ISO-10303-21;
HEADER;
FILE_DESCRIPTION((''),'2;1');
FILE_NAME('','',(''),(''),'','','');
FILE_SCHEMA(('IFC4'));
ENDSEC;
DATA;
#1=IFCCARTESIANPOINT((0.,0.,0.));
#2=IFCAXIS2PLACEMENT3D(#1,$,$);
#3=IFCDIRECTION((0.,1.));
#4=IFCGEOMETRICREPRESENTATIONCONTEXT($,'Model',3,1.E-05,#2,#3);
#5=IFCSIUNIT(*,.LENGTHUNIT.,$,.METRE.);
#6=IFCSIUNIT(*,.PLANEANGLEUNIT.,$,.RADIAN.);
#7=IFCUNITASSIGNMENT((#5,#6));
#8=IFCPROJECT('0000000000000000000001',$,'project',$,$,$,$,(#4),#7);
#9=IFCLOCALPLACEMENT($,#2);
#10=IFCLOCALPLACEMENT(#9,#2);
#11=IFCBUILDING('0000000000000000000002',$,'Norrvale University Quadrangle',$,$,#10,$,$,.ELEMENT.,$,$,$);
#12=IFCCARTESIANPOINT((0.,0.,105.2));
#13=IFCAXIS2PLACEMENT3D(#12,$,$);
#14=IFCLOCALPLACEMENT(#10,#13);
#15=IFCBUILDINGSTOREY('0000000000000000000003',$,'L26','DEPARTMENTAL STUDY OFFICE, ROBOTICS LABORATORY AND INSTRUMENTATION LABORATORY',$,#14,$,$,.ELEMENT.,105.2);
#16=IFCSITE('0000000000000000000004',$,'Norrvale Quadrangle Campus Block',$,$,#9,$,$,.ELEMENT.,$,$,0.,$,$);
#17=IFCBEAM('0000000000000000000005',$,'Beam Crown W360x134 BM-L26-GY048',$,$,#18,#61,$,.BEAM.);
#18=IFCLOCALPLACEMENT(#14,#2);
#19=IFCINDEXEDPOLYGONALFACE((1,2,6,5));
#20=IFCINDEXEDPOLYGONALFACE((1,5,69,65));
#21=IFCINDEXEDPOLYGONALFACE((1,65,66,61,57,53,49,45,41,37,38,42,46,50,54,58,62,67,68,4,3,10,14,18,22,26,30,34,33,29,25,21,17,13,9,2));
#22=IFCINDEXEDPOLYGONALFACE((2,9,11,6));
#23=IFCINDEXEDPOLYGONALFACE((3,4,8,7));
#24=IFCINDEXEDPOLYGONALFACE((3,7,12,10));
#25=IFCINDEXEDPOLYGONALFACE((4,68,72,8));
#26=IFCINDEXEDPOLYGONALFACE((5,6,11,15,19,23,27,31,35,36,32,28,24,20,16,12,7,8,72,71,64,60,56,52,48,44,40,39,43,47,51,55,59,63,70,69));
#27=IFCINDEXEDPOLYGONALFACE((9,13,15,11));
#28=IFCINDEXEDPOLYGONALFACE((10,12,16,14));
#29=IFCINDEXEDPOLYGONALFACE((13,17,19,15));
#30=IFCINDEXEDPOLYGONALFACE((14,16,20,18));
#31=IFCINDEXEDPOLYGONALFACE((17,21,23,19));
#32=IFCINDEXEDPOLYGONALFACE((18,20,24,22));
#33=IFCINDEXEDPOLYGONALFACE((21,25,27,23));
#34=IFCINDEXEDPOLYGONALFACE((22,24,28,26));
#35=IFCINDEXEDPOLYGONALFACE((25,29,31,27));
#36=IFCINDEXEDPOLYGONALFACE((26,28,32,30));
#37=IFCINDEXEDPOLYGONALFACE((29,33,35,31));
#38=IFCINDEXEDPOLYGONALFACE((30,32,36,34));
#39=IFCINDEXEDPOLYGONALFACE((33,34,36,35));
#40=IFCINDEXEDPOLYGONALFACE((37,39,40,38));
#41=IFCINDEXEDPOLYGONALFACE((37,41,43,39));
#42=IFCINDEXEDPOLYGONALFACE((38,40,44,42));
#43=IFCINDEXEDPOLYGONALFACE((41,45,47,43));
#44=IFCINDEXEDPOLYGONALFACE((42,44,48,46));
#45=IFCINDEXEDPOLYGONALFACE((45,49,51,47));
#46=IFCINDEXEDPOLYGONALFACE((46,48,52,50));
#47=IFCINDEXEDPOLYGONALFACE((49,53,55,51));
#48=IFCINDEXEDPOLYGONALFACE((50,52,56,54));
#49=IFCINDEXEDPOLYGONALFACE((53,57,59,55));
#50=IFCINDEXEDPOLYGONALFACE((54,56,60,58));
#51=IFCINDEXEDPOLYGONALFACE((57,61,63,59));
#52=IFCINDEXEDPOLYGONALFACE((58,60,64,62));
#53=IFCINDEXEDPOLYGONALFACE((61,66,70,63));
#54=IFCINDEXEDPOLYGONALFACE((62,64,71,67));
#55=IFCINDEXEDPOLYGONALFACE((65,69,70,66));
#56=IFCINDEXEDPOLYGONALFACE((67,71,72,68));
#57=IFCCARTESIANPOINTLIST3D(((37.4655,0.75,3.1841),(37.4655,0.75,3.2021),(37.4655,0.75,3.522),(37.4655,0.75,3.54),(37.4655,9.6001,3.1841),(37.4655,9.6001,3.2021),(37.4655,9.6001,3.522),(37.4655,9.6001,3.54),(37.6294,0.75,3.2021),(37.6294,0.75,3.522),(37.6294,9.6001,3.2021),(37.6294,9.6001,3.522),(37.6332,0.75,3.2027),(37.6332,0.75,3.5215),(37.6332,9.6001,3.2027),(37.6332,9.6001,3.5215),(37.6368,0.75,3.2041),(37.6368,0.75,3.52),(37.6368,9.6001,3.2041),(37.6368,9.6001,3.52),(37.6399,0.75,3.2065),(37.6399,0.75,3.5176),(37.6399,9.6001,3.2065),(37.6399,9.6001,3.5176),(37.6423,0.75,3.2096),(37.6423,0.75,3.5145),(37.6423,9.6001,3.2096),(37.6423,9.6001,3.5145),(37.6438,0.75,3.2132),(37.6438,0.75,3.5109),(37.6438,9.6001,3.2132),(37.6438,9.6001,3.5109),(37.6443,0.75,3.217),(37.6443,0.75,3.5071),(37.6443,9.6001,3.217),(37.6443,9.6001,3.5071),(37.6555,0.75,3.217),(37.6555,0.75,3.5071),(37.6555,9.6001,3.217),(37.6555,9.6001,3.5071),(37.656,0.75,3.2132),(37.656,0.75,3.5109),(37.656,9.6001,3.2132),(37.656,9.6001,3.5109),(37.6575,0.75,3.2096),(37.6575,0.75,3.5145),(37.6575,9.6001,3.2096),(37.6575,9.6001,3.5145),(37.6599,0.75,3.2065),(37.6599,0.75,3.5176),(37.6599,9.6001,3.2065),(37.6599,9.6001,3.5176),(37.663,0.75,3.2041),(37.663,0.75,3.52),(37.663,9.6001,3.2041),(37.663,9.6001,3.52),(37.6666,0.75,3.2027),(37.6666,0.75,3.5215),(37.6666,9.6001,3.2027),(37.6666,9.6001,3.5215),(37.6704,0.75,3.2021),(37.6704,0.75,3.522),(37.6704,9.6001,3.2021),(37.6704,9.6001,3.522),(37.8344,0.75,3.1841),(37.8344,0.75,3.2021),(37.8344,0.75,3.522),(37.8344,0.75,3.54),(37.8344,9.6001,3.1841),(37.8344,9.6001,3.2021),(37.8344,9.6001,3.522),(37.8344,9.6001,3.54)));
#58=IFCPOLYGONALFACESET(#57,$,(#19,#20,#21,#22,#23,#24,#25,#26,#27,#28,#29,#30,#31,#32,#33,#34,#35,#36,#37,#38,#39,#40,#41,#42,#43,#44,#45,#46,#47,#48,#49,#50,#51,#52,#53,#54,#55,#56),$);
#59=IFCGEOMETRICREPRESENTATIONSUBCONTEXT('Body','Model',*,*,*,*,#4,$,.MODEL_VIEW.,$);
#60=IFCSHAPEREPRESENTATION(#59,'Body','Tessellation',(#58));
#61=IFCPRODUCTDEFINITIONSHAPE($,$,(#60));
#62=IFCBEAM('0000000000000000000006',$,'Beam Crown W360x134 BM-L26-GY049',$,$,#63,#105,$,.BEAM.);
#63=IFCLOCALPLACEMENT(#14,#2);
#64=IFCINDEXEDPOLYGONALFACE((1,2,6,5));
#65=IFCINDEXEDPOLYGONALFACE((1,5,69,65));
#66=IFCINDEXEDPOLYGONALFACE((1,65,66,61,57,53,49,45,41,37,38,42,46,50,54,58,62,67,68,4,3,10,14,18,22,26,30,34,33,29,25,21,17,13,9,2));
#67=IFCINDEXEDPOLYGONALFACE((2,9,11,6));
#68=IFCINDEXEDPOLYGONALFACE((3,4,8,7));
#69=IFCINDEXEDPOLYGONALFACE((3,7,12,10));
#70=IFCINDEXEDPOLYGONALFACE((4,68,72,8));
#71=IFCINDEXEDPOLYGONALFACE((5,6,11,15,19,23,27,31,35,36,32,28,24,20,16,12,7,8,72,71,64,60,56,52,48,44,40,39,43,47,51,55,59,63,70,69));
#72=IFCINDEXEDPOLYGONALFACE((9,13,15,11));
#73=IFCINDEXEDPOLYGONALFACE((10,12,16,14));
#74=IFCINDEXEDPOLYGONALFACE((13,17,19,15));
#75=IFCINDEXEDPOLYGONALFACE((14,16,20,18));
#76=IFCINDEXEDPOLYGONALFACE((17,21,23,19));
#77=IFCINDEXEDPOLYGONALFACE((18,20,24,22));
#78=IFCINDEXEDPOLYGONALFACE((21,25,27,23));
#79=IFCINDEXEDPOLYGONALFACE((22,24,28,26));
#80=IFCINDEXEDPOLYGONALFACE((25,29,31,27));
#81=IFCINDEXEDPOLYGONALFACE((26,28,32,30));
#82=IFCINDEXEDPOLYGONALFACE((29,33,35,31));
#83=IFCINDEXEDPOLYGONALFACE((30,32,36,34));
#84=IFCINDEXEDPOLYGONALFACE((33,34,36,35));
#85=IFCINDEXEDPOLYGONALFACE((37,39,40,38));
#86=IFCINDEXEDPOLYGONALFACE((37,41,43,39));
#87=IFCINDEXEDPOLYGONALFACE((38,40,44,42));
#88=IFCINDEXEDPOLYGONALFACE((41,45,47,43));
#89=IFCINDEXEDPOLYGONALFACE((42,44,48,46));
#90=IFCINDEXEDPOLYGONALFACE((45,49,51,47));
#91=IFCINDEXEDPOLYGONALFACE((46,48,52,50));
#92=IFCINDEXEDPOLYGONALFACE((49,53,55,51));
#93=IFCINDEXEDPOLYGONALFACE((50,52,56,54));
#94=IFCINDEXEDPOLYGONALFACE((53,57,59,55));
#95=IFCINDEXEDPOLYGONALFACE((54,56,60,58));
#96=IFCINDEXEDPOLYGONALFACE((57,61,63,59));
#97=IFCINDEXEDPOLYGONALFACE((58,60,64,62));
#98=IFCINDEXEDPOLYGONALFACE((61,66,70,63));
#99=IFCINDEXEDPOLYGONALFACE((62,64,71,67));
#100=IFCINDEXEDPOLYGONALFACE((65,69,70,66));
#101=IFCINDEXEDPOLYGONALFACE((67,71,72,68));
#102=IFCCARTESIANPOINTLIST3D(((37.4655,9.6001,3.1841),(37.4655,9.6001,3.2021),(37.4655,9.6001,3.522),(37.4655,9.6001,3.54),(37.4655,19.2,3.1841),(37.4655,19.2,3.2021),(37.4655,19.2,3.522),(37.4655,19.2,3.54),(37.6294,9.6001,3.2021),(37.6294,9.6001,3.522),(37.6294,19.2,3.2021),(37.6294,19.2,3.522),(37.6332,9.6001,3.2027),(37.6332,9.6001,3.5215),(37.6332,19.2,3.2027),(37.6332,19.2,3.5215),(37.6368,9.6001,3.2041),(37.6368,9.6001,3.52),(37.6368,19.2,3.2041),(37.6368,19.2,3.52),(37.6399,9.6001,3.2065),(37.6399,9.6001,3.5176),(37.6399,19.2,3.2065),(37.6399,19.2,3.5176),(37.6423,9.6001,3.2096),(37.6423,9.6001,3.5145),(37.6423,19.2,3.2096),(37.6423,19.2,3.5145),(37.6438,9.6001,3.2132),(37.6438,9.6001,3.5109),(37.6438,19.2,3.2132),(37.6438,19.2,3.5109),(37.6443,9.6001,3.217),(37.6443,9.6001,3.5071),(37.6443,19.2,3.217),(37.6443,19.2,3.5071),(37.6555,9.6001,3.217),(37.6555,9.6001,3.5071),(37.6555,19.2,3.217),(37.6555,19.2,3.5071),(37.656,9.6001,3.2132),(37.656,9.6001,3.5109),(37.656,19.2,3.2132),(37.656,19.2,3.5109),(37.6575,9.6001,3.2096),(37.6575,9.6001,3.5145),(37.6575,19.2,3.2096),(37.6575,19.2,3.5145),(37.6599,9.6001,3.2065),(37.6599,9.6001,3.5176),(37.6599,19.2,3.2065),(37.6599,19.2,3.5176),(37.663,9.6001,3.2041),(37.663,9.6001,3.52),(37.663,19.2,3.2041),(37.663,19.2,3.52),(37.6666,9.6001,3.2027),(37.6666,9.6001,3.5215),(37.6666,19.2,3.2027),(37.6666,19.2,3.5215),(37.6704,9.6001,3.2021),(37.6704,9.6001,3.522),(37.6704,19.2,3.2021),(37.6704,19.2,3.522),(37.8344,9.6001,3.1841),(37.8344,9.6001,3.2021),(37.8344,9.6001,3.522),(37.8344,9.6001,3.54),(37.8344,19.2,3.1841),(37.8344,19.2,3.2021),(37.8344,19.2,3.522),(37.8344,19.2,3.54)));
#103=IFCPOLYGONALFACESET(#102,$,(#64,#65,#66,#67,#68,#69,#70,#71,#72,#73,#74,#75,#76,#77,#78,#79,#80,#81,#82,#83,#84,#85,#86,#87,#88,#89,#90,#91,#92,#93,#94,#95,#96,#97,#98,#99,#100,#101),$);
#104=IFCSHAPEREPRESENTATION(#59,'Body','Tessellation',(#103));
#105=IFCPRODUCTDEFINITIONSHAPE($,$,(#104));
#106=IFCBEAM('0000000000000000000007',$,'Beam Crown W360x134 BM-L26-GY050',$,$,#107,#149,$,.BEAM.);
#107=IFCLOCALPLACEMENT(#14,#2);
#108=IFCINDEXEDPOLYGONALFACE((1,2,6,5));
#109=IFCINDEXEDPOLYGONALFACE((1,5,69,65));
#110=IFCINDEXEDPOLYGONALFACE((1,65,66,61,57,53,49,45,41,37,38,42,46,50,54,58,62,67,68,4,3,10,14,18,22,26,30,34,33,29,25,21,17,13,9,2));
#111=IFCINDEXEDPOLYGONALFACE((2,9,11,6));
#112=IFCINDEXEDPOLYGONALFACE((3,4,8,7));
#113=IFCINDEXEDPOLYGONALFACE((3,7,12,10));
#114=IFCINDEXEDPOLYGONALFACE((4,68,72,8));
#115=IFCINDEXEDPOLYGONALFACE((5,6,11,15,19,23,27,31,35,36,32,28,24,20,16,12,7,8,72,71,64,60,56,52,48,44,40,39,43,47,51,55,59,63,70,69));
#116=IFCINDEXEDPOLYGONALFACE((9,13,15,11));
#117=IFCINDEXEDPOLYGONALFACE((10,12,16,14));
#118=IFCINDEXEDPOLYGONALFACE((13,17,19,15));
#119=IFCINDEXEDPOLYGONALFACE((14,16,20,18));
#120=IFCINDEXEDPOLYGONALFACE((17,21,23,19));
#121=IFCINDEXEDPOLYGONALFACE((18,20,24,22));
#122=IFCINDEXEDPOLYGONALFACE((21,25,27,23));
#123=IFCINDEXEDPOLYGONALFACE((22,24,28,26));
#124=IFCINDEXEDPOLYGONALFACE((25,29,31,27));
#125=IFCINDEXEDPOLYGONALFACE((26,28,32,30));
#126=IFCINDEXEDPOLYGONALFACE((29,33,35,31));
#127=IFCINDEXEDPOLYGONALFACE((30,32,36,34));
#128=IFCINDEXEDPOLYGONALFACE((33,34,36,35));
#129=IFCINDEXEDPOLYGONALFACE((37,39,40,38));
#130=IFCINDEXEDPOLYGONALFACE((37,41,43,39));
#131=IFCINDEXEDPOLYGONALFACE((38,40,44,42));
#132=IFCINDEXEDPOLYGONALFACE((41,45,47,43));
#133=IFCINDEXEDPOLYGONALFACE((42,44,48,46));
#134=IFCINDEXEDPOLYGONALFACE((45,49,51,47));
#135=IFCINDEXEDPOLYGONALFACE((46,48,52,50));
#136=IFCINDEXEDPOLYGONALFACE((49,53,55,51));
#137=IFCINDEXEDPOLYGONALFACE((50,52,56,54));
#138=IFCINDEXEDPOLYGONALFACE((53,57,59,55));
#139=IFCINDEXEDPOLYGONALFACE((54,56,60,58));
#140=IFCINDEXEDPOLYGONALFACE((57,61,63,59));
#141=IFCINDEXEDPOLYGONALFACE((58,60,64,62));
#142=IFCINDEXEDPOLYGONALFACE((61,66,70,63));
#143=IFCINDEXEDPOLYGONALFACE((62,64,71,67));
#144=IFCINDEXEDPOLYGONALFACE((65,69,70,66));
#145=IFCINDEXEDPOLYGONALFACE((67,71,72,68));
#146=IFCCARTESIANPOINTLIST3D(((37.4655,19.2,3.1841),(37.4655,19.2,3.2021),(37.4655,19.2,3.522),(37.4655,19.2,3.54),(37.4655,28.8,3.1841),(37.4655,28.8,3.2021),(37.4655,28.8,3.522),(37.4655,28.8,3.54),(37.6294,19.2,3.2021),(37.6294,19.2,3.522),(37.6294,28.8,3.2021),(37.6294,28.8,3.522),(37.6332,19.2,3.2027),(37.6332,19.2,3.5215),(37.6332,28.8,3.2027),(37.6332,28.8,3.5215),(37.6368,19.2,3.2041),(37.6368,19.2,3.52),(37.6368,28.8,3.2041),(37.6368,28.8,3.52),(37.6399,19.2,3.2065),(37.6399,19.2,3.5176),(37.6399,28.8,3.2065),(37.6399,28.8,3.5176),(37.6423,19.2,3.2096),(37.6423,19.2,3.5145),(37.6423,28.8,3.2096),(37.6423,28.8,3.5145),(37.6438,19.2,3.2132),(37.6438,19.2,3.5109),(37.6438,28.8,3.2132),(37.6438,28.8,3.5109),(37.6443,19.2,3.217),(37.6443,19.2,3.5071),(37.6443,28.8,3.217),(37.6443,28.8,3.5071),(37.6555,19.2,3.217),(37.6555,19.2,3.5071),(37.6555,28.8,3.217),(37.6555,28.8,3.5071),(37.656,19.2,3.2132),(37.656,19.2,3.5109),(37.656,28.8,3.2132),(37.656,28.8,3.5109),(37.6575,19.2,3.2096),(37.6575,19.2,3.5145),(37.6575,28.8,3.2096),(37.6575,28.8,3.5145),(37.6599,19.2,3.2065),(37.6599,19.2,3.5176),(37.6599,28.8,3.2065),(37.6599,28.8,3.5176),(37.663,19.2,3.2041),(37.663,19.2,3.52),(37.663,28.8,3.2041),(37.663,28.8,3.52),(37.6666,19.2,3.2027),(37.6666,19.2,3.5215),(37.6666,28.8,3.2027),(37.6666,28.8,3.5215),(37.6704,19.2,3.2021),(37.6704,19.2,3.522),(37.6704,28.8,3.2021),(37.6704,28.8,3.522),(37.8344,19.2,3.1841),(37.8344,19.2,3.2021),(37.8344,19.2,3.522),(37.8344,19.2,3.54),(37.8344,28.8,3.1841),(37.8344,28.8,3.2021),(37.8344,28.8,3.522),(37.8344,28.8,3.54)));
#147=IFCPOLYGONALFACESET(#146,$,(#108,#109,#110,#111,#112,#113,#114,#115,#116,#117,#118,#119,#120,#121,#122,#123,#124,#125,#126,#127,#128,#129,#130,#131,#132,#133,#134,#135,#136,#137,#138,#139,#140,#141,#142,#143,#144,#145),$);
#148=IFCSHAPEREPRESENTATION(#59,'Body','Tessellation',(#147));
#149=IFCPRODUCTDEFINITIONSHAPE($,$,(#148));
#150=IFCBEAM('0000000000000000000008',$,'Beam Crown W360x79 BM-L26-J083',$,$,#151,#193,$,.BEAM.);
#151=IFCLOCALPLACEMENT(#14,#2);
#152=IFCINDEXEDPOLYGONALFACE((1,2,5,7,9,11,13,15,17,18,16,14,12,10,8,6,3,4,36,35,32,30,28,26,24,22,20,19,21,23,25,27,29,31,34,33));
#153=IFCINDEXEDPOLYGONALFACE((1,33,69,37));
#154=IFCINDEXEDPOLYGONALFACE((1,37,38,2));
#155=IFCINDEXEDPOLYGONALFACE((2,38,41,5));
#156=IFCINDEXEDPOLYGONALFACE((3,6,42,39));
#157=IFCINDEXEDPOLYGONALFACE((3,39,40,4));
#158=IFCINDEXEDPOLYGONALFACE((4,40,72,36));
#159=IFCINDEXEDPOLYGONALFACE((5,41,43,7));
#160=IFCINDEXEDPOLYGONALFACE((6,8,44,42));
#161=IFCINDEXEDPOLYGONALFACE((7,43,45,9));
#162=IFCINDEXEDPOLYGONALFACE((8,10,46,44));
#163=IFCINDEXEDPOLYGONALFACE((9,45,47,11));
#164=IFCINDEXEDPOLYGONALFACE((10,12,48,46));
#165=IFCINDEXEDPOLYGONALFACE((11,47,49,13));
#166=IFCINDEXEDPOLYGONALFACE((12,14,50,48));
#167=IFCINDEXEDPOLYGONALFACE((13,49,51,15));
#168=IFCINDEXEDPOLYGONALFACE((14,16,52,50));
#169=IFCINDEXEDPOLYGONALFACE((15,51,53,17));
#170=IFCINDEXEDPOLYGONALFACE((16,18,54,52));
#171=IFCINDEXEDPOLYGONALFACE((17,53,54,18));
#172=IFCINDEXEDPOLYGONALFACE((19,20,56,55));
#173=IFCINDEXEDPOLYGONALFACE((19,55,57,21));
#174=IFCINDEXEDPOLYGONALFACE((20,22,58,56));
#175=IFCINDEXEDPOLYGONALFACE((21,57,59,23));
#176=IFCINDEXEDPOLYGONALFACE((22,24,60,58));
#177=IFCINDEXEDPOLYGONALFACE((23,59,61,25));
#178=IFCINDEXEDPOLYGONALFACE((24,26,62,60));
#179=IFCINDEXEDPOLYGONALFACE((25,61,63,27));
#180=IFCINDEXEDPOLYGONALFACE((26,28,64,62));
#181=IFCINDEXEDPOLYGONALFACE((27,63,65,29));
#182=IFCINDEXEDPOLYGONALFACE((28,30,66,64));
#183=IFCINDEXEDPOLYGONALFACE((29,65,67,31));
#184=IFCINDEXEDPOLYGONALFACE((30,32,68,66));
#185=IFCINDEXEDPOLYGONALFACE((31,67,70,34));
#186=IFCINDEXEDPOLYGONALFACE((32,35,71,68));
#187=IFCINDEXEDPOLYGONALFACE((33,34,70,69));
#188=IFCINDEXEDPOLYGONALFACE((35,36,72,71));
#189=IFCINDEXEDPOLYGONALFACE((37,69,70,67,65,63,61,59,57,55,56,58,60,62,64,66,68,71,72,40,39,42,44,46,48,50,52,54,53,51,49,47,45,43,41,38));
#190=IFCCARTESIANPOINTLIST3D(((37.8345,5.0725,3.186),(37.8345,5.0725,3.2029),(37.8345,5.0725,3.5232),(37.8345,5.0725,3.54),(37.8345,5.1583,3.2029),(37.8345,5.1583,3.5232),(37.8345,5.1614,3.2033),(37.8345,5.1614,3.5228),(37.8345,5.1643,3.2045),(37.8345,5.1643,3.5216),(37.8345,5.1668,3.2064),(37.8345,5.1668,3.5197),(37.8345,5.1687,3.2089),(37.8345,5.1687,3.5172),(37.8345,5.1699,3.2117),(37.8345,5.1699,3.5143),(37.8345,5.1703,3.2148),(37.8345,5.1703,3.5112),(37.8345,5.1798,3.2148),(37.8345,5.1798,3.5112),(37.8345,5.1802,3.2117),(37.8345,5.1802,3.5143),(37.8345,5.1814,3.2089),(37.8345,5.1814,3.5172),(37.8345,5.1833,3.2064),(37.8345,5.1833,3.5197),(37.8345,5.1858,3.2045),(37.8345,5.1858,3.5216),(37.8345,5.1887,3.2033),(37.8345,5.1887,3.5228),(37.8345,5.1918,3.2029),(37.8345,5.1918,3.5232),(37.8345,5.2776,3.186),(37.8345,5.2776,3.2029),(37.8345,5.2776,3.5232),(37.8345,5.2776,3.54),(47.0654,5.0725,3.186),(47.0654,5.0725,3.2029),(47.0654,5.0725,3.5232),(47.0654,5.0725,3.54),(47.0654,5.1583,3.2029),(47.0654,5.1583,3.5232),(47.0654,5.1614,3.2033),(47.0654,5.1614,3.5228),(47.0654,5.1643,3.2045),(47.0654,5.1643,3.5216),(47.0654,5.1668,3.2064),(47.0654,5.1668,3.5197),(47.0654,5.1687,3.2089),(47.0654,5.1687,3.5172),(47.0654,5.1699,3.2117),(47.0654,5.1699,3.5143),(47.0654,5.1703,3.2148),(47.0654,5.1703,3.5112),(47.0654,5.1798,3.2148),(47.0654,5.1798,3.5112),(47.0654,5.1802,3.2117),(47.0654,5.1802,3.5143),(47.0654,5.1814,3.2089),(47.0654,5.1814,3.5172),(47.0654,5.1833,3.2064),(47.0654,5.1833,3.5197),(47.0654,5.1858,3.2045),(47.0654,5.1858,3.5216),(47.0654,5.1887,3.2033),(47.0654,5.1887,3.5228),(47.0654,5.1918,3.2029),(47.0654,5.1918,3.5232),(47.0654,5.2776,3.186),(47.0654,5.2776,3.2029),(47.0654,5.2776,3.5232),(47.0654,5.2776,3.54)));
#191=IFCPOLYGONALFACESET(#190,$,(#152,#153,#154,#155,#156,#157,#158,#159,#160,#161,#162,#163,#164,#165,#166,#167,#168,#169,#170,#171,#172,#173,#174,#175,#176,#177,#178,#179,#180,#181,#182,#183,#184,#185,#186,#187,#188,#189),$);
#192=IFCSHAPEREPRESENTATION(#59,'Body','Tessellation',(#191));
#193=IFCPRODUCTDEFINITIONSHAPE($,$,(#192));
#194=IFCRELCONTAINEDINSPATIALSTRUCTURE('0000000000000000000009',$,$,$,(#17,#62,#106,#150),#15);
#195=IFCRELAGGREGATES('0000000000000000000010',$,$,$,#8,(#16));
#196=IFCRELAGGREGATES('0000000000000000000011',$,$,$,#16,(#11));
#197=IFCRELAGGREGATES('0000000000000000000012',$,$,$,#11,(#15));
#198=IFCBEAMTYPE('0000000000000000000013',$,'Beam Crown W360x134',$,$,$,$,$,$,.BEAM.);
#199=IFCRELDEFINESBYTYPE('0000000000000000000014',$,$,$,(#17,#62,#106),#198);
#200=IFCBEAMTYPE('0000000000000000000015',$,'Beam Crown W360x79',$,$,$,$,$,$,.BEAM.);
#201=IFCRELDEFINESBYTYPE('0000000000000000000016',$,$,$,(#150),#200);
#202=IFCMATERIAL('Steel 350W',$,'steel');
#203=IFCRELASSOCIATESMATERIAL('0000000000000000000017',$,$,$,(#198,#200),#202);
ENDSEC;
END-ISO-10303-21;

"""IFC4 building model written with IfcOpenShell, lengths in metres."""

from ifc_helpers import new_model, si_unit, direction, frame, origin, origin_2d, place, context, subcontext, project, spatial, i_section, extrude, material, material_profile, profile_set, type_object, element, save


model = new_model("IFC4")

# Units and contexts
model_context = context("Model", 3, precision=1e-05, world=origin(), true_north=direction((0.0, 1.0)))
body_context = subcontext(model_context, "Body", "Model", "MODEL_VIEW")
ifc_project = project(units=[si_unit("LENGTHUNIT", "METRE"), si_unit("PLANEANGLEUNIT", "RADIAN")], contexts=[model_context])

# Site, building, storey
site_placement = place(None, origin())
site = spatial("IfcSite", under=ifc_project, at=site_placement, Name="Norrvale Quadrangle Campus Block", CompositionType="ELEMENT", RefElevation=0.0)
building_placement = place(site_placement, origin())
building = spatial("IfcBuilding", under=site, at=building_placement, Name="Norrvale University Quadrangle", CompositionType="ELEMENT")
storey_placement = place(building_placement, frame((0.0, 0.0, 105.2)))
storey = spatial("IfcBuildingStorey", under=building, at=storey_placement, Name="L26", Description="DEPARTMENTAL STUDY OFFICE, ROBOTICS LABORATORY AND INSTRUMENTATION LABORATORY", CompositionType="ELEMENT", Elevation=105.2)

# Beams
ifc_material_1 = material(Name="Steel 350W", Category="steel")
ifc_material_profile_1 = material_profile(ifc_material_1, i_section(OverallWidth=0.3689, OverallDepth=0.356, WebThickness=0.0112, FlangeThickness=0.0181, FilletRadius=0.0149, at=origin_2d()), Name="Steel 350W")
ifc_profile_set_1 = profile_set([ifc_material_profile_1], Name="Steel 350W")
beam_type_1 = type_object("IfcBeamType", Name="Beam Crown W360x134", PredefinedType="BEAM", material=ifc_profile_set_1)
beam_1_placement = place(storey_placement, frame((37.6499, 0.75, 3.3621), z_axis=(0.0, 1.0, 0.0), x_axis=(-1.0, 0.0, 0.0)))
element("IfcBeam", 1, at=beam_1_placement, inside=storey, type_object=beam_type_1, Name="Beam Crown W360x134 BM-L26-GY048", PredefinedType="BEAM", context=body_context, shape_type="SweptSolid", body=[
    extrude(i_section(OverallWidth=0.3689, OverallDepth=0.356, WebThickness=0.0112, FlangeThickness=0.0181, FilletRadius=0.0149, at=origin_2d()), origin(), (0.0, 0.0, 1.0), 8.8501),
])
beam_2_placement = place(storey_placement, frame((37.6499, 9.6001, 3.3621), z_axis=(0.0, 1.0, 0.0), x_axis=(-1.0, 0.0, 0.0)))
element("IfcBeam", 2, at=beam_2_placement, inside=storey, type_object=beam_type_1, Name="Beam Crown W360x134 BM-L26-GY049", PredefinedType="BEAM", context=body_context, shape_type="SweptSolid", body=[
    extrude(i_section(OverallWidth=0.3689, OverallDepth=0.356, WebThickness=0.0112, FlangeThickness=0.0181, FilletRadius=0.0149, at=origin_2d()), origin(), (0.0, 0.0, 1.0), 9.5999),
])
beam_3_placement = place(storey_placement, frame((37.6499, 19.2, 3.3621), z_axis=(0.0, 1.0, 0.0), x_axis=(-1.0, 0.0, 0.0)))
element("IfcBeam", 3, at=beam_3_placement, inside=storey, type_object=beam_type_1, Name="Beam Crown W360x134 BM-L26-GY050", PredefinedType="BEAM", context=body_context, shape_type="SweptSolid", body=[
    extrude(i_section(OverallWidth=0.3689, OverallDepth=0.356, WebThickness=0.0112, FlangeThickness=0.0181, FilletRadius=0.0149, at=origin_2d()), origin(), (0.0, 0.0, 1.0), 9.6001),
])
ifc_material_profile_2 = material_profile(ifc_material_1, i_section(OverallWidth=0.2051, OverallDepth=0.354, WebThickness=0.0095, FlangeThickness=0.0168, FilletRadius=0.012, at=origin_2d()), Name="Steel 350W")
ifc_profile_set_2 = profile_set([ifc_material_profile_2], Name="Steel 350W")
beam_type_2 = type_object("IfcBeamType", Name="Beam Crown W360x79", PredefinedType="BEAM", material=ifc_profile_set_2)
for number, where, z_axis, x_axis, name in (
    (4, (37.8345, 5.175, 3.363), (1.0, 0.0, 0.0), (0.0, 1.0, 0.0), "Beam Crown W360x79 BM-L26-J083"),
):
    element("IfcBeam", number, at=place(storey_placement, frame(where, z_axis=z_axis, x_axis=x_axis)), inside=storey, type_object=beam_type_2, Name=name, PredefinedType="BEAM", context=body_context, shape_type="SweptSolid", body=[
        extrude(i_section(OverallWidth=0.2051, OverallDepth=0.354, WebThickness=0.0095, FlangeThickness=0.0168, FilletRadius=0.012, at=origin_2d()), origin(), (0.0, 0.0, 1.0), 9.231),
    ])

save(model, "model.ifc")
